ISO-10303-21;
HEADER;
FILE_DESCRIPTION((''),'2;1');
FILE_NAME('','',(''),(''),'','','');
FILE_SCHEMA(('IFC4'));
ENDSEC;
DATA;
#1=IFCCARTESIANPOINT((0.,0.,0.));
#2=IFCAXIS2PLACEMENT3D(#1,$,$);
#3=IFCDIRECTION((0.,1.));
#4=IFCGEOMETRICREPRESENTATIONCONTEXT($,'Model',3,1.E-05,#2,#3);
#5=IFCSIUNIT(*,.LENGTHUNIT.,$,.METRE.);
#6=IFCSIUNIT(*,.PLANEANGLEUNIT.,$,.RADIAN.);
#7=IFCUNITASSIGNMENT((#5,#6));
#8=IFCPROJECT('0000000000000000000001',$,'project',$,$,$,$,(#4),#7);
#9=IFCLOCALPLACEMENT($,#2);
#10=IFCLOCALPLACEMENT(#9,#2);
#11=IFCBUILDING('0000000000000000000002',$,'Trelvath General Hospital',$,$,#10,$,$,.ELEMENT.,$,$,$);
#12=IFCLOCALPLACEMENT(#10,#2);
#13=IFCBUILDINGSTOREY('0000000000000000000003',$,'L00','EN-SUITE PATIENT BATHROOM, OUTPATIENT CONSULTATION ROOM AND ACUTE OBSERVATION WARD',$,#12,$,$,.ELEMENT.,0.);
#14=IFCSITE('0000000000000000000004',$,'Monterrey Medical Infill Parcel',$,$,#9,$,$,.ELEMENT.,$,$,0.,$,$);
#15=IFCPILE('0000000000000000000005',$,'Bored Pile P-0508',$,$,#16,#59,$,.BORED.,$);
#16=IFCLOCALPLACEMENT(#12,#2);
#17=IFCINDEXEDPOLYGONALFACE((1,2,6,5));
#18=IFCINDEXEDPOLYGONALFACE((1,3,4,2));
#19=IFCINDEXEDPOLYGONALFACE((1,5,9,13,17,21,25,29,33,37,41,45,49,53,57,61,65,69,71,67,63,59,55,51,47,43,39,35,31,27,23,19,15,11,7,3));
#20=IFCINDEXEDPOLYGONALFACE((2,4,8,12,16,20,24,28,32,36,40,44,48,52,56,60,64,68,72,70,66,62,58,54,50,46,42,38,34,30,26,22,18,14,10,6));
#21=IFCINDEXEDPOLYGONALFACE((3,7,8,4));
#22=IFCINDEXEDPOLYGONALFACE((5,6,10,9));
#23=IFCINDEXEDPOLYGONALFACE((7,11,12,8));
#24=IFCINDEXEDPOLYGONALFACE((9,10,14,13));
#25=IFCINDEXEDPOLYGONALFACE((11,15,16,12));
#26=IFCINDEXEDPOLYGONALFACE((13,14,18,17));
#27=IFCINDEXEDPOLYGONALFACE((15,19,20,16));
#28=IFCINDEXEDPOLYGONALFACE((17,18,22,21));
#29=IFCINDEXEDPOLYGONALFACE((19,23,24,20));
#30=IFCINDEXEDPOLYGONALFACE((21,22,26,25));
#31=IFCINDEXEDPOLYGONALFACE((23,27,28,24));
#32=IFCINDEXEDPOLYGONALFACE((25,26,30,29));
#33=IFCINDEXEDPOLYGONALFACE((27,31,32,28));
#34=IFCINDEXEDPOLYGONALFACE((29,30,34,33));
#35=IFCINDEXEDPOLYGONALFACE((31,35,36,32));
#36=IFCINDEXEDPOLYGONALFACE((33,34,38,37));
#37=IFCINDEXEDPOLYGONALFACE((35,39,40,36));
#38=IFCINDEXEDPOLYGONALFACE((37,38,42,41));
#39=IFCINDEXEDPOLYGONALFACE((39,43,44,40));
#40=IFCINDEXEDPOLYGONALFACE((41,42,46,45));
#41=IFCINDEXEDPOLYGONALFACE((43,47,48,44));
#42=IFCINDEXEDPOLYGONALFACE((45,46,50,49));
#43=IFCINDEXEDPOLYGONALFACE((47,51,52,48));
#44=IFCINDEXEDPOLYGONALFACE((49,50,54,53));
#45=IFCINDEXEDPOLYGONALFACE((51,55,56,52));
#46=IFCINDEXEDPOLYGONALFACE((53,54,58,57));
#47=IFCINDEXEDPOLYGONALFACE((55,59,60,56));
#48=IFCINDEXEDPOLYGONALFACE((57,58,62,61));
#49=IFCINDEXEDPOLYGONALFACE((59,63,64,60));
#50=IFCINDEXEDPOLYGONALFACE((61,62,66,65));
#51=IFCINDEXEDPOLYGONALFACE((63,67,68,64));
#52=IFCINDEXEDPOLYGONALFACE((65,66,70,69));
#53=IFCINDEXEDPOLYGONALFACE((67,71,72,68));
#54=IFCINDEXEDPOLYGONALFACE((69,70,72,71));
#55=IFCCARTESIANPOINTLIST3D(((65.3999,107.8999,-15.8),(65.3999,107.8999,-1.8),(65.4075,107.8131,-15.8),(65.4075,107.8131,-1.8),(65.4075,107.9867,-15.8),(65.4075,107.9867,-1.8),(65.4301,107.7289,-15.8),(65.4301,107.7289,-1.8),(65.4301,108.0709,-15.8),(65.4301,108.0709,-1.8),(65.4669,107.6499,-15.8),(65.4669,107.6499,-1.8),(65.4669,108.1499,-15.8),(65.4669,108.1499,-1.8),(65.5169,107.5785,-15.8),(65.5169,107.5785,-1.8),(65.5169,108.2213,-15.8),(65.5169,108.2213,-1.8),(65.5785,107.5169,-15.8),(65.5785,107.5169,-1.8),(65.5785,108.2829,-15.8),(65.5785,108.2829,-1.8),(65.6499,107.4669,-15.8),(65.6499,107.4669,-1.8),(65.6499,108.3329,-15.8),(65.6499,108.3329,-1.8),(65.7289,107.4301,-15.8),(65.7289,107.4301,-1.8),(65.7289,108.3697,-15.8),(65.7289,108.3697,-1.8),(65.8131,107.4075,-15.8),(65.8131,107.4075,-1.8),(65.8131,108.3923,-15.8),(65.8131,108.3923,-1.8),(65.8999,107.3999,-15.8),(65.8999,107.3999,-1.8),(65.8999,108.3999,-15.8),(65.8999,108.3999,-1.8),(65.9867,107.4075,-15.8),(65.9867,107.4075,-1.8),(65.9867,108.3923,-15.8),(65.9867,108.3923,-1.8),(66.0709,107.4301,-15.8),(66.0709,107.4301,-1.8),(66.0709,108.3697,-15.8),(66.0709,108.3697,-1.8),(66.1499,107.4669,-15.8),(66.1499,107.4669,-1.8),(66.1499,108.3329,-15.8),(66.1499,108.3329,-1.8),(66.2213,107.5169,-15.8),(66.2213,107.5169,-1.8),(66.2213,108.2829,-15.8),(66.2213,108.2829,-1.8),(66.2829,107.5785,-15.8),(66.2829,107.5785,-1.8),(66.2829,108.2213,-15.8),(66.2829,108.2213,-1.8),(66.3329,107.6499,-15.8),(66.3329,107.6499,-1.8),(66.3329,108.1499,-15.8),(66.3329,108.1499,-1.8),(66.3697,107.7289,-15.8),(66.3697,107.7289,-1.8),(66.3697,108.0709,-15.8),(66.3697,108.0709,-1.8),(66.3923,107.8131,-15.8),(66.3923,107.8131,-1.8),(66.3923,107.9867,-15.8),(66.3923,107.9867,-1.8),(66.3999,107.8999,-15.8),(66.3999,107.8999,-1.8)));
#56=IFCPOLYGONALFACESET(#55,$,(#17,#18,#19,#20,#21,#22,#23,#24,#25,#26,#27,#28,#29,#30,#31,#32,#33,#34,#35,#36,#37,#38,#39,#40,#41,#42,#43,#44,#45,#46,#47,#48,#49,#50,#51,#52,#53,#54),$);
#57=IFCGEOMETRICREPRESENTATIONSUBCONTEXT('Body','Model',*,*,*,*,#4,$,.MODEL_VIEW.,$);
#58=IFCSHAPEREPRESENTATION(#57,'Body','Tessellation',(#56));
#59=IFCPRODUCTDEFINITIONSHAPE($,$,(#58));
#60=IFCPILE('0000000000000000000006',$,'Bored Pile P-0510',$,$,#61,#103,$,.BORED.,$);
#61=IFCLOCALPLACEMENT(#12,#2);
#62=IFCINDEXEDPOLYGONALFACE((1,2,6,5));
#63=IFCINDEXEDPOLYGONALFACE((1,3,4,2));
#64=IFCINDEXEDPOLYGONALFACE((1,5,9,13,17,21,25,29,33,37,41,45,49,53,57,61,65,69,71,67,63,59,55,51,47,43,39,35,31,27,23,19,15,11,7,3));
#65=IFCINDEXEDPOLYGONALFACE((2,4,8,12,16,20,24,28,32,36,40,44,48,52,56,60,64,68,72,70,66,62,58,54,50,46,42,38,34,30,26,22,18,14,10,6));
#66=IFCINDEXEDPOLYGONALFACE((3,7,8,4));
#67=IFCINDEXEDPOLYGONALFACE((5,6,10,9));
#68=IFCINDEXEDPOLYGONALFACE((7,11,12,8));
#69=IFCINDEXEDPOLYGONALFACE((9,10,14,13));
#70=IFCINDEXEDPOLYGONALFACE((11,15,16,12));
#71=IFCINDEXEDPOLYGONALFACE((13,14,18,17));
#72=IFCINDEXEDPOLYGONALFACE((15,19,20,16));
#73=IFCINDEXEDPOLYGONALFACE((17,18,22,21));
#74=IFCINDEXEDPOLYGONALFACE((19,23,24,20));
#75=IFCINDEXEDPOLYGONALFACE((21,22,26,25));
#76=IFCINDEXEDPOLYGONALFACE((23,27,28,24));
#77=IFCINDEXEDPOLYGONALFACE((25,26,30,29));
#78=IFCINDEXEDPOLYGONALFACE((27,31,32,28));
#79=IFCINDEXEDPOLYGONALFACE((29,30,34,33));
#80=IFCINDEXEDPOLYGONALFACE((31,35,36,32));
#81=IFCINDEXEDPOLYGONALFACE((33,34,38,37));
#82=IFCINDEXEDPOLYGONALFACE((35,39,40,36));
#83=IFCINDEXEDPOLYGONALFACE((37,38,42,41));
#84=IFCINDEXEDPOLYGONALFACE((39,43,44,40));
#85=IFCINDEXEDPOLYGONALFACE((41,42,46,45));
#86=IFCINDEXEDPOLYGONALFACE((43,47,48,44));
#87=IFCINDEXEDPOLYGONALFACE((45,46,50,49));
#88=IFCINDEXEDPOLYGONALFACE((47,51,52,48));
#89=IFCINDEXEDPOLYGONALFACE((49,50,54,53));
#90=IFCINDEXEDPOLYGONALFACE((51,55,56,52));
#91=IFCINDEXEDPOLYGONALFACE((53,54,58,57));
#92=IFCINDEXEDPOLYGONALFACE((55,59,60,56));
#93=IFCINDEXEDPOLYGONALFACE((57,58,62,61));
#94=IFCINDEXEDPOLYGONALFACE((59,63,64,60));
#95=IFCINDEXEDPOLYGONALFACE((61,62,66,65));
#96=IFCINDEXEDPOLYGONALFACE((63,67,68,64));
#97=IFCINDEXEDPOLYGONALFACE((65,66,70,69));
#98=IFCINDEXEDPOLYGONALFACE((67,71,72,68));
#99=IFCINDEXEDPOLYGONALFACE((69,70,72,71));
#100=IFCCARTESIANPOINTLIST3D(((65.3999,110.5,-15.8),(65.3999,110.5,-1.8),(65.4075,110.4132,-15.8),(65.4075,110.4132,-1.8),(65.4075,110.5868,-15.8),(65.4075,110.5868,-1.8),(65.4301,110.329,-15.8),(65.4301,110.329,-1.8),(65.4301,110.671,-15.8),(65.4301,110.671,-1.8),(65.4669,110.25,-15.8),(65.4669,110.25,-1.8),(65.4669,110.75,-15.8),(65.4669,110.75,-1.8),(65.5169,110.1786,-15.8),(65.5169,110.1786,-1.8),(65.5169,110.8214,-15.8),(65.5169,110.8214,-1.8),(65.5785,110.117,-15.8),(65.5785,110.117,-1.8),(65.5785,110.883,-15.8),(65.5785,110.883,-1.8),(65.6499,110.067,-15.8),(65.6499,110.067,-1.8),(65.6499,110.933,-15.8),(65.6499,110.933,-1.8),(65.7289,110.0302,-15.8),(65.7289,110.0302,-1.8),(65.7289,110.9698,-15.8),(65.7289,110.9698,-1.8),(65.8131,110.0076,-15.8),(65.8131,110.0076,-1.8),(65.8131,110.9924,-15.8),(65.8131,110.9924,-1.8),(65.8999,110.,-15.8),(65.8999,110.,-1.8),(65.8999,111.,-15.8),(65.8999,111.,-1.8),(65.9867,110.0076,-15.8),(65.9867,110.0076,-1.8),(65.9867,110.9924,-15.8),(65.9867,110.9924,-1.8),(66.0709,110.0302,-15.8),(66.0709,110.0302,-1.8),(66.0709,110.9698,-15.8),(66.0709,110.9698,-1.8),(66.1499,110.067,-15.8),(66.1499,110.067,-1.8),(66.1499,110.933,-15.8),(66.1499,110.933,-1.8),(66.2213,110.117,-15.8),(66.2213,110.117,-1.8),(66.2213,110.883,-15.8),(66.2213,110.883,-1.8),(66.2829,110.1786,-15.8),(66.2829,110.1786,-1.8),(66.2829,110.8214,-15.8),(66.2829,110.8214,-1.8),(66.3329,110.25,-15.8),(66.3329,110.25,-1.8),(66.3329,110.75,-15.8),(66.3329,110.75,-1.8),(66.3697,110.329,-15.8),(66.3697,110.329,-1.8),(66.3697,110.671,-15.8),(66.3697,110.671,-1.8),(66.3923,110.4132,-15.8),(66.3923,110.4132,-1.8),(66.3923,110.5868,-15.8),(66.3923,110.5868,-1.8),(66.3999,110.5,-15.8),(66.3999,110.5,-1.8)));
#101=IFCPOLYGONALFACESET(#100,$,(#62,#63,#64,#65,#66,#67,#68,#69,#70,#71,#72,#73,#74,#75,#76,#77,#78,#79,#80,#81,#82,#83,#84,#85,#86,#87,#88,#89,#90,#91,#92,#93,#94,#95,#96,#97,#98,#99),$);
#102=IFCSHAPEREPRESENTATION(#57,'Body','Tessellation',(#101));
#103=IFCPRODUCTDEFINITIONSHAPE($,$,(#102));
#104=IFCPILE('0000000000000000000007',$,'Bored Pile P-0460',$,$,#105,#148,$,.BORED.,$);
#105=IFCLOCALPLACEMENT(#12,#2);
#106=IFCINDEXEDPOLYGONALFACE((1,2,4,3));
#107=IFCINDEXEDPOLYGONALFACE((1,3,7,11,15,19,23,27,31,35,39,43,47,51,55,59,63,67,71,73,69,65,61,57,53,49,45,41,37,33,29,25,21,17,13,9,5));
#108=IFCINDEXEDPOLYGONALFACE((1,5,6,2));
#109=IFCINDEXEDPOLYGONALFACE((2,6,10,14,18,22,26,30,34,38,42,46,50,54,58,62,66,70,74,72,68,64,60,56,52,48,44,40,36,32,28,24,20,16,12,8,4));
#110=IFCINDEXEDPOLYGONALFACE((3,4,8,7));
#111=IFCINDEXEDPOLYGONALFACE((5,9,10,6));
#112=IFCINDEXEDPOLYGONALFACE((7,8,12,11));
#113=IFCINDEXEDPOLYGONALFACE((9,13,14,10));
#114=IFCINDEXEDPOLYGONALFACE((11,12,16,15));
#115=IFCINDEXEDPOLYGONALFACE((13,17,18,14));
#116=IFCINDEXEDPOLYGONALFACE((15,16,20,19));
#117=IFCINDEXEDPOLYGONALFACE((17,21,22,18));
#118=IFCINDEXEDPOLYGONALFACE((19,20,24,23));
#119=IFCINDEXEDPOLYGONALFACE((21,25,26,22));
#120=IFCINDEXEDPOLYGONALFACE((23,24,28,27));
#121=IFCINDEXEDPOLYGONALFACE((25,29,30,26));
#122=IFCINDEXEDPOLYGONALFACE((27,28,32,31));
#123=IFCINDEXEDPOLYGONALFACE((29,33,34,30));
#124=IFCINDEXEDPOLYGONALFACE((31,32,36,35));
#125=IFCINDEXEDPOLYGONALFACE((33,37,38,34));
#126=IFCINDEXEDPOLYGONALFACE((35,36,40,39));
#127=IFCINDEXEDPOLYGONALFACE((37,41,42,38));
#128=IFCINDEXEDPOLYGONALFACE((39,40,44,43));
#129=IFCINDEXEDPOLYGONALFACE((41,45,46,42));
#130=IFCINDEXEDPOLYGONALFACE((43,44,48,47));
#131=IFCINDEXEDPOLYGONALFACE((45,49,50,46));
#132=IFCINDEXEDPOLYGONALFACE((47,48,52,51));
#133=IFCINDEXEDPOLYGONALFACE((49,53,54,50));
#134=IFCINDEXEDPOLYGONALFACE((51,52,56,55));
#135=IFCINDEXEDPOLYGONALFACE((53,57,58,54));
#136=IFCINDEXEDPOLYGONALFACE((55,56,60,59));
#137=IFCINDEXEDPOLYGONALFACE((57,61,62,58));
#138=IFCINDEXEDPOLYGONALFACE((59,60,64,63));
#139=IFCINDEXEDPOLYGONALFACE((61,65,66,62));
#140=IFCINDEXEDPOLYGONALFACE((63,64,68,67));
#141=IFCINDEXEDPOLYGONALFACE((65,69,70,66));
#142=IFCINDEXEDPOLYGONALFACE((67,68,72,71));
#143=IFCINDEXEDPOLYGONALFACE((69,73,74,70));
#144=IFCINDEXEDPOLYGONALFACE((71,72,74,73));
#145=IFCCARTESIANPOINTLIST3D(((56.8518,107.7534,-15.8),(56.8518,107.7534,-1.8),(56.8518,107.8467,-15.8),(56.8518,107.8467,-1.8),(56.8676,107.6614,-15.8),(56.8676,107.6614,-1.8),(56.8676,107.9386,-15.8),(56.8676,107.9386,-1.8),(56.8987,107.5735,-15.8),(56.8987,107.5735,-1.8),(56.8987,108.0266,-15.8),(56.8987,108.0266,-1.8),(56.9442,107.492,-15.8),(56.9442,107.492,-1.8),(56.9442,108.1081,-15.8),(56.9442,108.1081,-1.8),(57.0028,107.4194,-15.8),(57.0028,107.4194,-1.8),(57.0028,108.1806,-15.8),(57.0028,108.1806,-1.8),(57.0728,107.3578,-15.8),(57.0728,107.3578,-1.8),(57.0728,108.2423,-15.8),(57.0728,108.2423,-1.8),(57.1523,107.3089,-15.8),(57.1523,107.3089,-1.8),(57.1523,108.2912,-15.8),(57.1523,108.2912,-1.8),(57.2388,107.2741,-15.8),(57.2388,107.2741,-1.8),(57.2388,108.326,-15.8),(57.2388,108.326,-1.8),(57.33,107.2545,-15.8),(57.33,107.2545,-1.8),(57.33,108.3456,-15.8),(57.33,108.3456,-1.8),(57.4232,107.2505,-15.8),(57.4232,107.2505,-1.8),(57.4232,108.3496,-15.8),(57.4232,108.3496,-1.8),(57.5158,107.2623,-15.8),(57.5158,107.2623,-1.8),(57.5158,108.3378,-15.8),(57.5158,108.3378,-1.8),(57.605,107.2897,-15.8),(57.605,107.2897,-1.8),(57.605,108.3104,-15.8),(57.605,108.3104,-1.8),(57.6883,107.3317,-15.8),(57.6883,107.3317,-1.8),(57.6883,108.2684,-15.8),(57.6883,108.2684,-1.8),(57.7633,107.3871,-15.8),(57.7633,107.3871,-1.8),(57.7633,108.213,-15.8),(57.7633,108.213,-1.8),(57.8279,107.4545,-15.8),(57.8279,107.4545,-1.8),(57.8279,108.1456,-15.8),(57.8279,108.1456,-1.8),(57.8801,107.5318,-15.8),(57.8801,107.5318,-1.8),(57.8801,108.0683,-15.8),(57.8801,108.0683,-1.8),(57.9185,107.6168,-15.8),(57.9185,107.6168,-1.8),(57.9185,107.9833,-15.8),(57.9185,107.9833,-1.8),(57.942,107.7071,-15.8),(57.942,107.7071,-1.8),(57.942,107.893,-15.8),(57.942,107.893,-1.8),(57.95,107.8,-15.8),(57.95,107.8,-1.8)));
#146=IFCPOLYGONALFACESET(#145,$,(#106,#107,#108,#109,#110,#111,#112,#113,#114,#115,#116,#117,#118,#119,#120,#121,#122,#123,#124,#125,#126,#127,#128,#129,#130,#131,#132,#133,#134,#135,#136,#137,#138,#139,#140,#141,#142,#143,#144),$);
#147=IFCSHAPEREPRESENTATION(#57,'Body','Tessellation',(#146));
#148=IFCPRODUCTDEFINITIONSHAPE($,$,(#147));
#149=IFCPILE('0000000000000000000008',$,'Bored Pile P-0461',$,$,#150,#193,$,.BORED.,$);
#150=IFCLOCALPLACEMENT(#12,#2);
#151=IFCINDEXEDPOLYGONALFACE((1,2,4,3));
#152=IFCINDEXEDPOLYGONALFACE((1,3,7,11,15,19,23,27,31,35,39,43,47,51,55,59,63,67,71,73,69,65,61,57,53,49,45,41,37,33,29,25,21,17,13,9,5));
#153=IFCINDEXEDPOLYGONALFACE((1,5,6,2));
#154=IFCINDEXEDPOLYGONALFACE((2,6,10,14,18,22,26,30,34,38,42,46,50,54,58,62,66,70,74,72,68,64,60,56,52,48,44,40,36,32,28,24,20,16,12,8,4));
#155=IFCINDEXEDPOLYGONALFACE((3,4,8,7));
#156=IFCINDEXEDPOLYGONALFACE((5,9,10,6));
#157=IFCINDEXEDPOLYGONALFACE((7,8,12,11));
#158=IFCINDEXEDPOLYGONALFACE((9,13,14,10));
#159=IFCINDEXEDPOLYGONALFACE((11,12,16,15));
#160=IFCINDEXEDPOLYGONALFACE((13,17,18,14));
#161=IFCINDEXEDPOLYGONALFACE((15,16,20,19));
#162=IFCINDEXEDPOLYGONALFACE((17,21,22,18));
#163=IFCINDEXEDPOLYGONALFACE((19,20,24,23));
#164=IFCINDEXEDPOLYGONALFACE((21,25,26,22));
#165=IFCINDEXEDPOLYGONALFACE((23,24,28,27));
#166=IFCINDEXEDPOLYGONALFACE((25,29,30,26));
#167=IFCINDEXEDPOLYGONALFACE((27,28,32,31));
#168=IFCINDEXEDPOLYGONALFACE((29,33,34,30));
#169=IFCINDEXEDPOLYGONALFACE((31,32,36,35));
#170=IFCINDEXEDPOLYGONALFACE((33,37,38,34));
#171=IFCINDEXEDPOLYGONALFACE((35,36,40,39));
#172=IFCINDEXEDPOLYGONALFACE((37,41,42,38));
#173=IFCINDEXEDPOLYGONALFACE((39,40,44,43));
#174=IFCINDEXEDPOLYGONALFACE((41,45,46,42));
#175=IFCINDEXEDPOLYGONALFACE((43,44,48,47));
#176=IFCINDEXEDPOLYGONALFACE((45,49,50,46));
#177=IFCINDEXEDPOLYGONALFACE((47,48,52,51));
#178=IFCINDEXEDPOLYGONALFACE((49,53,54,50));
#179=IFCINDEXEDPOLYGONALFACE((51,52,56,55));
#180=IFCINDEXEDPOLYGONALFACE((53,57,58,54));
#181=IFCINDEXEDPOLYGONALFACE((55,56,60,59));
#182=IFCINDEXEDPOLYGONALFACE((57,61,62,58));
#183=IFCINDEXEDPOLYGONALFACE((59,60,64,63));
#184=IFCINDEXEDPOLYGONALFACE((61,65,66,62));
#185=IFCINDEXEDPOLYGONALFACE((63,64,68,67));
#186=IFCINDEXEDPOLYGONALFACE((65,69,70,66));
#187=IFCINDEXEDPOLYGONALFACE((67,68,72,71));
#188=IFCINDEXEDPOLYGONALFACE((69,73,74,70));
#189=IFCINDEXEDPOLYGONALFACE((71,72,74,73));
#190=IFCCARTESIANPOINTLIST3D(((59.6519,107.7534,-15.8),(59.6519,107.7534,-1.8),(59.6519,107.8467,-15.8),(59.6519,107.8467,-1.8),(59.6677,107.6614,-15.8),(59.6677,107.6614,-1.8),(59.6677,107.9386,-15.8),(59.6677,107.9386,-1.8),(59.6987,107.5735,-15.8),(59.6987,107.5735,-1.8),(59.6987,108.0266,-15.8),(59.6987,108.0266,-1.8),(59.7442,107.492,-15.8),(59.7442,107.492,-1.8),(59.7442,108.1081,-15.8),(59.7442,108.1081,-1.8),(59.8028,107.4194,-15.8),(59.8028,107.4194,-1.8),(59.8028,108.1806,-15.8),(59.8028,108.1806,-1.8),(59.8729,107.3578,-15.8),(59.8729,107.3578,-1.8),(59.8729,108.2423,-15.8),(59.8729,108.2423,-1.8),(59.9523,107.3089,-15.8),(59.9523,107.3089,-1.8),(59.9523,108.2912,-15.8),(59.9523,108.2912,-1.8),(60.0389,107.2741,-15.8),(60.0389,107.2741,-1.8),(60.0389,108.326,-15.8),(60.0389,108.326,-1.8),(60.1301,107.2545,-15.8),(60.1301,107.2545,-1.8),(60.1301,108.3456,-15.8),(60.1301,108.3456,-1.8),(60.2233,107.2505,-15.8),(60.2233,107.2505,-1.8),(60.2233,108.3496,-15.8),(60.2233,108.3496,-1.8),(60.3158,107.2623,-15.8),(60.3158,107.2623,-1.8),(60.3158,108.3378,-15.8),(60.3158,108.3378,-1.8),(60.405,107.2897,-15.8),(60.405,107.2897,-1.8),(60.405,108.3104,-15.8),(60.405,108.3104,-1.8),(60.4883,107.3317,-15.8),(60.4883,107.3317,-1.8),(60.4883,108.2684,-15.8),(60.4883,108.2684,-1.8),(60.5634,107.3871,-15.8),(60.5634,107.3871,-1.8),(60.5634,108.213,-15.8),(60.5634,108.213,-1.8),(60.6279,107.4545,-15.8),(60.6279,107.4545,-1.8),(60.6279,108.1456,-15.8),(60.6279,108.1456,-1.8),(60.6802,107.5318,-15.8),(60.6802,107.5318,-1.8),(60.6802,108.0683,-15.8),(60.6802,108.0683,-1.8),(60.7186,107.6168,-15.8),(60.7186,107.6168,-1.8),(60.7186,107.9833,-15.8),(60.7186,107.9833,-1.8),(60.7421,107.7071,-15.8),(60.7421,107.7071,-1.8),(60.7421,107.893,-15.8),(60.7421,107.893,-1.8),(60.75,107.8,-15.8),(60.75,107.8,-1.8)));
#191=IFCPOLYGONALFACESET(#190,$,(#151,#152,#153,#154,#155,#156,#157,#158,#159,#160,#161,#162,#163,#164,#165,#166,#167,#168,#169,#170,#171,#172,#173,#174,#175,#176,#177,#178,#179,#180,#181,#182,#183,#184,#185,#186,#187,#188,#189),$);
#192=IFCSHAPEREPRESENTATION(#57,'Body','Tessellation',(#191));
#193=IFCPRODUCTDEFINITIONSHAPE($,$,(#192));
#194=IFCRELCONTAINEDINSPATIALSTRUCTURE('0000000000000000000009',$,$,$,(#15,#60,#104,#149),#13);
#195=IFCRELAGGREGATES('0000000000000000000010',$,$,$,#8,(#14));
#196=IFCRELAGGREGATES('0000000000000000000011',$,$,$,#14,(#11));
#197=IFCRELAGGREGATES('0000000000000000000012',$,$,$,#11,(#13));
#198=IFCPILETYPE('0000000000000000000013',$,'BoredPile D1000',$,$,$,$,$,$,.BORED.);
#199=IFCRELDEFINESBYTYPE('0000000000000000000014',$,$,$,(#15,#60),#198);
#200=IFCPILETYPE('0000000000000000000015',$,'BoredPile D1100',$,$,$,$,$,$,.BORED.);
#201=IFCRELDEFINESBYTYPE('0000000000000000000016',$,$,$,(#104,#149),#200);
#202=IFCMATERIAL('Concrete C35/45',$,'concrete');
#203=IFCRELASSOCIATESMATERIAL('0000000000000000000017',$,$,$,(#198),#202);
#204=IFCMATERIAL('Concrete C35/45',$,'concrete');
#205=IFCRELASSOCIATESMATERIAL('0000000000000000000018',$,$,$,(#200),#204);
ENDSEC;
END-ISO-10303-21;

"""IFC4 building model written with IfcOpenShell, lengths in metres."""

from ifc_helpers import new_model, si_unit, direction, frame, origin, origin_2d, place, context, subcontext, project, spatial, circle, extrude, material, material_profile, profile_set, type_object, element, save


model = new_model("IFC4")

# Units and contexts
model_context = context("Model", 3, precision=1e-05, world=origin(), true_north=direction((0.0, 1.0)))
body_context = subcontext(model_context, "Body", "Model", "MODEL_VIEW")
ifc_project = project(units=[si_unit("LENGTHUNIT", "METRE"), si_unit("PLANEANGLEUNIT", "RADIAN")], contexts=[model_context])

# Site, building, storey
site_placement = place(None, origin())
site = spatial("IfcSite", under=ifc_project, at=site_placement, Name="Monterrey Medical Infill Parcel", CompositionType="ELEMENT", RefElevation=0.0)
building_placement = place(site_placement, origin())
building = spatial("IfcBuilding", under=site, at=building_placement, Name="Trelvath General Hospital", CompositionType="ELEMENT")
storey_placement = place(building_placement, origin())
storey = spatial("IfcBuildingStorey", under=building, at=storey_placement, Name="L00", Description="EN-SUITE PATIENT BATHROOM, OUTPATIENT CONSULTATION ROOM AND ACUTE OBSERVATION WARD", CompositionType="ELEMENT", Elevation=0.0)

# Piles
ifc_material_1 = material(Name="Concrete C35/45", Category="concrete")
ifc_material_profile_1 = material_profile(ifc_material_1, circle(Radius=0.5, at=origin_2d()), Name="PILE1000")
ifc_profile_set_1 = profile_set([ifc_material_profile_1], Name="Concrete C35/45")
pile_type_1 = type_object("IfcPileType", Name="BoredPile D1000", PredefinedType="BORED", material=ifc_profile_set_1)
for number, where, z_axis, x_axis, name in (
    (1, (65.8999, 107.8999, -1.8), (0.0, 0.0, -1.0), (1.0, 0.0, 0.0), "Bored Pile P-0508"),
    (2, (65.8999, 110.5, -1.8), (0.0, 0.0, -1.0), (1.0, 0.0, 0.0), "Bored Pile P-0510"),
):
    element("IfcPile", number, at=place(storey_placement, frame(where, z_axis=z_axis, x_axis=x_axis)), inside=storey, type_object=pile_type_1, Name=name, PredefinedType="BORED", context=body_context, shape_type="SweptSolid", body=[
        extrude(circle(Radius=0.5, at=origin_2d()), origin(), (0.0, 0.0, 1.0), 14.0),
    ])
ifc_material_2 = material(Name="Concrete C35/45", Category="concrete")
ifc_material_profile_2 = material_profile(ifc_material_2, circle(Radius=0.55, at=origin_2d()), Name="PILE1100")
ifc_profile_set_2 = profile_set([ifc_material_profile_2], Name="Concrete C35/45")
pile_type_2 = type_object("IfcPileType", Name="BoredPile D1100", PredefinedType="BORED", material=ifc_profile_set_2)
for number, where, z_axis, x_axis, name in (
    (3, (57.3999, 107.8, -1.8), (0.0, 0.0, -1.0), (1.0, 0.0, 0.0), "Bored Pile P-0460"),
    (4, (60.2, 107.8, -1.8), (0.0, 0.0, -1.0), (1.0, 0.0, 0.0), "Bored Pile P-0461"),
):
    element("IfcPile", number, at=place(storey_placement, frame(where, z_axis=z_axis, x_axis=x_axis)), inside=storey, type_object=pile_type_2, Name=name, PredefinedType="BORED", context=body_context, shape_type="SweptSolid", body=[
        extrude(circle(Radius=0.55, at=origin_2d()), origin(), (0.0, 0.0, 1.0), 14.0),
    ])

save(model, "model.ifc")
